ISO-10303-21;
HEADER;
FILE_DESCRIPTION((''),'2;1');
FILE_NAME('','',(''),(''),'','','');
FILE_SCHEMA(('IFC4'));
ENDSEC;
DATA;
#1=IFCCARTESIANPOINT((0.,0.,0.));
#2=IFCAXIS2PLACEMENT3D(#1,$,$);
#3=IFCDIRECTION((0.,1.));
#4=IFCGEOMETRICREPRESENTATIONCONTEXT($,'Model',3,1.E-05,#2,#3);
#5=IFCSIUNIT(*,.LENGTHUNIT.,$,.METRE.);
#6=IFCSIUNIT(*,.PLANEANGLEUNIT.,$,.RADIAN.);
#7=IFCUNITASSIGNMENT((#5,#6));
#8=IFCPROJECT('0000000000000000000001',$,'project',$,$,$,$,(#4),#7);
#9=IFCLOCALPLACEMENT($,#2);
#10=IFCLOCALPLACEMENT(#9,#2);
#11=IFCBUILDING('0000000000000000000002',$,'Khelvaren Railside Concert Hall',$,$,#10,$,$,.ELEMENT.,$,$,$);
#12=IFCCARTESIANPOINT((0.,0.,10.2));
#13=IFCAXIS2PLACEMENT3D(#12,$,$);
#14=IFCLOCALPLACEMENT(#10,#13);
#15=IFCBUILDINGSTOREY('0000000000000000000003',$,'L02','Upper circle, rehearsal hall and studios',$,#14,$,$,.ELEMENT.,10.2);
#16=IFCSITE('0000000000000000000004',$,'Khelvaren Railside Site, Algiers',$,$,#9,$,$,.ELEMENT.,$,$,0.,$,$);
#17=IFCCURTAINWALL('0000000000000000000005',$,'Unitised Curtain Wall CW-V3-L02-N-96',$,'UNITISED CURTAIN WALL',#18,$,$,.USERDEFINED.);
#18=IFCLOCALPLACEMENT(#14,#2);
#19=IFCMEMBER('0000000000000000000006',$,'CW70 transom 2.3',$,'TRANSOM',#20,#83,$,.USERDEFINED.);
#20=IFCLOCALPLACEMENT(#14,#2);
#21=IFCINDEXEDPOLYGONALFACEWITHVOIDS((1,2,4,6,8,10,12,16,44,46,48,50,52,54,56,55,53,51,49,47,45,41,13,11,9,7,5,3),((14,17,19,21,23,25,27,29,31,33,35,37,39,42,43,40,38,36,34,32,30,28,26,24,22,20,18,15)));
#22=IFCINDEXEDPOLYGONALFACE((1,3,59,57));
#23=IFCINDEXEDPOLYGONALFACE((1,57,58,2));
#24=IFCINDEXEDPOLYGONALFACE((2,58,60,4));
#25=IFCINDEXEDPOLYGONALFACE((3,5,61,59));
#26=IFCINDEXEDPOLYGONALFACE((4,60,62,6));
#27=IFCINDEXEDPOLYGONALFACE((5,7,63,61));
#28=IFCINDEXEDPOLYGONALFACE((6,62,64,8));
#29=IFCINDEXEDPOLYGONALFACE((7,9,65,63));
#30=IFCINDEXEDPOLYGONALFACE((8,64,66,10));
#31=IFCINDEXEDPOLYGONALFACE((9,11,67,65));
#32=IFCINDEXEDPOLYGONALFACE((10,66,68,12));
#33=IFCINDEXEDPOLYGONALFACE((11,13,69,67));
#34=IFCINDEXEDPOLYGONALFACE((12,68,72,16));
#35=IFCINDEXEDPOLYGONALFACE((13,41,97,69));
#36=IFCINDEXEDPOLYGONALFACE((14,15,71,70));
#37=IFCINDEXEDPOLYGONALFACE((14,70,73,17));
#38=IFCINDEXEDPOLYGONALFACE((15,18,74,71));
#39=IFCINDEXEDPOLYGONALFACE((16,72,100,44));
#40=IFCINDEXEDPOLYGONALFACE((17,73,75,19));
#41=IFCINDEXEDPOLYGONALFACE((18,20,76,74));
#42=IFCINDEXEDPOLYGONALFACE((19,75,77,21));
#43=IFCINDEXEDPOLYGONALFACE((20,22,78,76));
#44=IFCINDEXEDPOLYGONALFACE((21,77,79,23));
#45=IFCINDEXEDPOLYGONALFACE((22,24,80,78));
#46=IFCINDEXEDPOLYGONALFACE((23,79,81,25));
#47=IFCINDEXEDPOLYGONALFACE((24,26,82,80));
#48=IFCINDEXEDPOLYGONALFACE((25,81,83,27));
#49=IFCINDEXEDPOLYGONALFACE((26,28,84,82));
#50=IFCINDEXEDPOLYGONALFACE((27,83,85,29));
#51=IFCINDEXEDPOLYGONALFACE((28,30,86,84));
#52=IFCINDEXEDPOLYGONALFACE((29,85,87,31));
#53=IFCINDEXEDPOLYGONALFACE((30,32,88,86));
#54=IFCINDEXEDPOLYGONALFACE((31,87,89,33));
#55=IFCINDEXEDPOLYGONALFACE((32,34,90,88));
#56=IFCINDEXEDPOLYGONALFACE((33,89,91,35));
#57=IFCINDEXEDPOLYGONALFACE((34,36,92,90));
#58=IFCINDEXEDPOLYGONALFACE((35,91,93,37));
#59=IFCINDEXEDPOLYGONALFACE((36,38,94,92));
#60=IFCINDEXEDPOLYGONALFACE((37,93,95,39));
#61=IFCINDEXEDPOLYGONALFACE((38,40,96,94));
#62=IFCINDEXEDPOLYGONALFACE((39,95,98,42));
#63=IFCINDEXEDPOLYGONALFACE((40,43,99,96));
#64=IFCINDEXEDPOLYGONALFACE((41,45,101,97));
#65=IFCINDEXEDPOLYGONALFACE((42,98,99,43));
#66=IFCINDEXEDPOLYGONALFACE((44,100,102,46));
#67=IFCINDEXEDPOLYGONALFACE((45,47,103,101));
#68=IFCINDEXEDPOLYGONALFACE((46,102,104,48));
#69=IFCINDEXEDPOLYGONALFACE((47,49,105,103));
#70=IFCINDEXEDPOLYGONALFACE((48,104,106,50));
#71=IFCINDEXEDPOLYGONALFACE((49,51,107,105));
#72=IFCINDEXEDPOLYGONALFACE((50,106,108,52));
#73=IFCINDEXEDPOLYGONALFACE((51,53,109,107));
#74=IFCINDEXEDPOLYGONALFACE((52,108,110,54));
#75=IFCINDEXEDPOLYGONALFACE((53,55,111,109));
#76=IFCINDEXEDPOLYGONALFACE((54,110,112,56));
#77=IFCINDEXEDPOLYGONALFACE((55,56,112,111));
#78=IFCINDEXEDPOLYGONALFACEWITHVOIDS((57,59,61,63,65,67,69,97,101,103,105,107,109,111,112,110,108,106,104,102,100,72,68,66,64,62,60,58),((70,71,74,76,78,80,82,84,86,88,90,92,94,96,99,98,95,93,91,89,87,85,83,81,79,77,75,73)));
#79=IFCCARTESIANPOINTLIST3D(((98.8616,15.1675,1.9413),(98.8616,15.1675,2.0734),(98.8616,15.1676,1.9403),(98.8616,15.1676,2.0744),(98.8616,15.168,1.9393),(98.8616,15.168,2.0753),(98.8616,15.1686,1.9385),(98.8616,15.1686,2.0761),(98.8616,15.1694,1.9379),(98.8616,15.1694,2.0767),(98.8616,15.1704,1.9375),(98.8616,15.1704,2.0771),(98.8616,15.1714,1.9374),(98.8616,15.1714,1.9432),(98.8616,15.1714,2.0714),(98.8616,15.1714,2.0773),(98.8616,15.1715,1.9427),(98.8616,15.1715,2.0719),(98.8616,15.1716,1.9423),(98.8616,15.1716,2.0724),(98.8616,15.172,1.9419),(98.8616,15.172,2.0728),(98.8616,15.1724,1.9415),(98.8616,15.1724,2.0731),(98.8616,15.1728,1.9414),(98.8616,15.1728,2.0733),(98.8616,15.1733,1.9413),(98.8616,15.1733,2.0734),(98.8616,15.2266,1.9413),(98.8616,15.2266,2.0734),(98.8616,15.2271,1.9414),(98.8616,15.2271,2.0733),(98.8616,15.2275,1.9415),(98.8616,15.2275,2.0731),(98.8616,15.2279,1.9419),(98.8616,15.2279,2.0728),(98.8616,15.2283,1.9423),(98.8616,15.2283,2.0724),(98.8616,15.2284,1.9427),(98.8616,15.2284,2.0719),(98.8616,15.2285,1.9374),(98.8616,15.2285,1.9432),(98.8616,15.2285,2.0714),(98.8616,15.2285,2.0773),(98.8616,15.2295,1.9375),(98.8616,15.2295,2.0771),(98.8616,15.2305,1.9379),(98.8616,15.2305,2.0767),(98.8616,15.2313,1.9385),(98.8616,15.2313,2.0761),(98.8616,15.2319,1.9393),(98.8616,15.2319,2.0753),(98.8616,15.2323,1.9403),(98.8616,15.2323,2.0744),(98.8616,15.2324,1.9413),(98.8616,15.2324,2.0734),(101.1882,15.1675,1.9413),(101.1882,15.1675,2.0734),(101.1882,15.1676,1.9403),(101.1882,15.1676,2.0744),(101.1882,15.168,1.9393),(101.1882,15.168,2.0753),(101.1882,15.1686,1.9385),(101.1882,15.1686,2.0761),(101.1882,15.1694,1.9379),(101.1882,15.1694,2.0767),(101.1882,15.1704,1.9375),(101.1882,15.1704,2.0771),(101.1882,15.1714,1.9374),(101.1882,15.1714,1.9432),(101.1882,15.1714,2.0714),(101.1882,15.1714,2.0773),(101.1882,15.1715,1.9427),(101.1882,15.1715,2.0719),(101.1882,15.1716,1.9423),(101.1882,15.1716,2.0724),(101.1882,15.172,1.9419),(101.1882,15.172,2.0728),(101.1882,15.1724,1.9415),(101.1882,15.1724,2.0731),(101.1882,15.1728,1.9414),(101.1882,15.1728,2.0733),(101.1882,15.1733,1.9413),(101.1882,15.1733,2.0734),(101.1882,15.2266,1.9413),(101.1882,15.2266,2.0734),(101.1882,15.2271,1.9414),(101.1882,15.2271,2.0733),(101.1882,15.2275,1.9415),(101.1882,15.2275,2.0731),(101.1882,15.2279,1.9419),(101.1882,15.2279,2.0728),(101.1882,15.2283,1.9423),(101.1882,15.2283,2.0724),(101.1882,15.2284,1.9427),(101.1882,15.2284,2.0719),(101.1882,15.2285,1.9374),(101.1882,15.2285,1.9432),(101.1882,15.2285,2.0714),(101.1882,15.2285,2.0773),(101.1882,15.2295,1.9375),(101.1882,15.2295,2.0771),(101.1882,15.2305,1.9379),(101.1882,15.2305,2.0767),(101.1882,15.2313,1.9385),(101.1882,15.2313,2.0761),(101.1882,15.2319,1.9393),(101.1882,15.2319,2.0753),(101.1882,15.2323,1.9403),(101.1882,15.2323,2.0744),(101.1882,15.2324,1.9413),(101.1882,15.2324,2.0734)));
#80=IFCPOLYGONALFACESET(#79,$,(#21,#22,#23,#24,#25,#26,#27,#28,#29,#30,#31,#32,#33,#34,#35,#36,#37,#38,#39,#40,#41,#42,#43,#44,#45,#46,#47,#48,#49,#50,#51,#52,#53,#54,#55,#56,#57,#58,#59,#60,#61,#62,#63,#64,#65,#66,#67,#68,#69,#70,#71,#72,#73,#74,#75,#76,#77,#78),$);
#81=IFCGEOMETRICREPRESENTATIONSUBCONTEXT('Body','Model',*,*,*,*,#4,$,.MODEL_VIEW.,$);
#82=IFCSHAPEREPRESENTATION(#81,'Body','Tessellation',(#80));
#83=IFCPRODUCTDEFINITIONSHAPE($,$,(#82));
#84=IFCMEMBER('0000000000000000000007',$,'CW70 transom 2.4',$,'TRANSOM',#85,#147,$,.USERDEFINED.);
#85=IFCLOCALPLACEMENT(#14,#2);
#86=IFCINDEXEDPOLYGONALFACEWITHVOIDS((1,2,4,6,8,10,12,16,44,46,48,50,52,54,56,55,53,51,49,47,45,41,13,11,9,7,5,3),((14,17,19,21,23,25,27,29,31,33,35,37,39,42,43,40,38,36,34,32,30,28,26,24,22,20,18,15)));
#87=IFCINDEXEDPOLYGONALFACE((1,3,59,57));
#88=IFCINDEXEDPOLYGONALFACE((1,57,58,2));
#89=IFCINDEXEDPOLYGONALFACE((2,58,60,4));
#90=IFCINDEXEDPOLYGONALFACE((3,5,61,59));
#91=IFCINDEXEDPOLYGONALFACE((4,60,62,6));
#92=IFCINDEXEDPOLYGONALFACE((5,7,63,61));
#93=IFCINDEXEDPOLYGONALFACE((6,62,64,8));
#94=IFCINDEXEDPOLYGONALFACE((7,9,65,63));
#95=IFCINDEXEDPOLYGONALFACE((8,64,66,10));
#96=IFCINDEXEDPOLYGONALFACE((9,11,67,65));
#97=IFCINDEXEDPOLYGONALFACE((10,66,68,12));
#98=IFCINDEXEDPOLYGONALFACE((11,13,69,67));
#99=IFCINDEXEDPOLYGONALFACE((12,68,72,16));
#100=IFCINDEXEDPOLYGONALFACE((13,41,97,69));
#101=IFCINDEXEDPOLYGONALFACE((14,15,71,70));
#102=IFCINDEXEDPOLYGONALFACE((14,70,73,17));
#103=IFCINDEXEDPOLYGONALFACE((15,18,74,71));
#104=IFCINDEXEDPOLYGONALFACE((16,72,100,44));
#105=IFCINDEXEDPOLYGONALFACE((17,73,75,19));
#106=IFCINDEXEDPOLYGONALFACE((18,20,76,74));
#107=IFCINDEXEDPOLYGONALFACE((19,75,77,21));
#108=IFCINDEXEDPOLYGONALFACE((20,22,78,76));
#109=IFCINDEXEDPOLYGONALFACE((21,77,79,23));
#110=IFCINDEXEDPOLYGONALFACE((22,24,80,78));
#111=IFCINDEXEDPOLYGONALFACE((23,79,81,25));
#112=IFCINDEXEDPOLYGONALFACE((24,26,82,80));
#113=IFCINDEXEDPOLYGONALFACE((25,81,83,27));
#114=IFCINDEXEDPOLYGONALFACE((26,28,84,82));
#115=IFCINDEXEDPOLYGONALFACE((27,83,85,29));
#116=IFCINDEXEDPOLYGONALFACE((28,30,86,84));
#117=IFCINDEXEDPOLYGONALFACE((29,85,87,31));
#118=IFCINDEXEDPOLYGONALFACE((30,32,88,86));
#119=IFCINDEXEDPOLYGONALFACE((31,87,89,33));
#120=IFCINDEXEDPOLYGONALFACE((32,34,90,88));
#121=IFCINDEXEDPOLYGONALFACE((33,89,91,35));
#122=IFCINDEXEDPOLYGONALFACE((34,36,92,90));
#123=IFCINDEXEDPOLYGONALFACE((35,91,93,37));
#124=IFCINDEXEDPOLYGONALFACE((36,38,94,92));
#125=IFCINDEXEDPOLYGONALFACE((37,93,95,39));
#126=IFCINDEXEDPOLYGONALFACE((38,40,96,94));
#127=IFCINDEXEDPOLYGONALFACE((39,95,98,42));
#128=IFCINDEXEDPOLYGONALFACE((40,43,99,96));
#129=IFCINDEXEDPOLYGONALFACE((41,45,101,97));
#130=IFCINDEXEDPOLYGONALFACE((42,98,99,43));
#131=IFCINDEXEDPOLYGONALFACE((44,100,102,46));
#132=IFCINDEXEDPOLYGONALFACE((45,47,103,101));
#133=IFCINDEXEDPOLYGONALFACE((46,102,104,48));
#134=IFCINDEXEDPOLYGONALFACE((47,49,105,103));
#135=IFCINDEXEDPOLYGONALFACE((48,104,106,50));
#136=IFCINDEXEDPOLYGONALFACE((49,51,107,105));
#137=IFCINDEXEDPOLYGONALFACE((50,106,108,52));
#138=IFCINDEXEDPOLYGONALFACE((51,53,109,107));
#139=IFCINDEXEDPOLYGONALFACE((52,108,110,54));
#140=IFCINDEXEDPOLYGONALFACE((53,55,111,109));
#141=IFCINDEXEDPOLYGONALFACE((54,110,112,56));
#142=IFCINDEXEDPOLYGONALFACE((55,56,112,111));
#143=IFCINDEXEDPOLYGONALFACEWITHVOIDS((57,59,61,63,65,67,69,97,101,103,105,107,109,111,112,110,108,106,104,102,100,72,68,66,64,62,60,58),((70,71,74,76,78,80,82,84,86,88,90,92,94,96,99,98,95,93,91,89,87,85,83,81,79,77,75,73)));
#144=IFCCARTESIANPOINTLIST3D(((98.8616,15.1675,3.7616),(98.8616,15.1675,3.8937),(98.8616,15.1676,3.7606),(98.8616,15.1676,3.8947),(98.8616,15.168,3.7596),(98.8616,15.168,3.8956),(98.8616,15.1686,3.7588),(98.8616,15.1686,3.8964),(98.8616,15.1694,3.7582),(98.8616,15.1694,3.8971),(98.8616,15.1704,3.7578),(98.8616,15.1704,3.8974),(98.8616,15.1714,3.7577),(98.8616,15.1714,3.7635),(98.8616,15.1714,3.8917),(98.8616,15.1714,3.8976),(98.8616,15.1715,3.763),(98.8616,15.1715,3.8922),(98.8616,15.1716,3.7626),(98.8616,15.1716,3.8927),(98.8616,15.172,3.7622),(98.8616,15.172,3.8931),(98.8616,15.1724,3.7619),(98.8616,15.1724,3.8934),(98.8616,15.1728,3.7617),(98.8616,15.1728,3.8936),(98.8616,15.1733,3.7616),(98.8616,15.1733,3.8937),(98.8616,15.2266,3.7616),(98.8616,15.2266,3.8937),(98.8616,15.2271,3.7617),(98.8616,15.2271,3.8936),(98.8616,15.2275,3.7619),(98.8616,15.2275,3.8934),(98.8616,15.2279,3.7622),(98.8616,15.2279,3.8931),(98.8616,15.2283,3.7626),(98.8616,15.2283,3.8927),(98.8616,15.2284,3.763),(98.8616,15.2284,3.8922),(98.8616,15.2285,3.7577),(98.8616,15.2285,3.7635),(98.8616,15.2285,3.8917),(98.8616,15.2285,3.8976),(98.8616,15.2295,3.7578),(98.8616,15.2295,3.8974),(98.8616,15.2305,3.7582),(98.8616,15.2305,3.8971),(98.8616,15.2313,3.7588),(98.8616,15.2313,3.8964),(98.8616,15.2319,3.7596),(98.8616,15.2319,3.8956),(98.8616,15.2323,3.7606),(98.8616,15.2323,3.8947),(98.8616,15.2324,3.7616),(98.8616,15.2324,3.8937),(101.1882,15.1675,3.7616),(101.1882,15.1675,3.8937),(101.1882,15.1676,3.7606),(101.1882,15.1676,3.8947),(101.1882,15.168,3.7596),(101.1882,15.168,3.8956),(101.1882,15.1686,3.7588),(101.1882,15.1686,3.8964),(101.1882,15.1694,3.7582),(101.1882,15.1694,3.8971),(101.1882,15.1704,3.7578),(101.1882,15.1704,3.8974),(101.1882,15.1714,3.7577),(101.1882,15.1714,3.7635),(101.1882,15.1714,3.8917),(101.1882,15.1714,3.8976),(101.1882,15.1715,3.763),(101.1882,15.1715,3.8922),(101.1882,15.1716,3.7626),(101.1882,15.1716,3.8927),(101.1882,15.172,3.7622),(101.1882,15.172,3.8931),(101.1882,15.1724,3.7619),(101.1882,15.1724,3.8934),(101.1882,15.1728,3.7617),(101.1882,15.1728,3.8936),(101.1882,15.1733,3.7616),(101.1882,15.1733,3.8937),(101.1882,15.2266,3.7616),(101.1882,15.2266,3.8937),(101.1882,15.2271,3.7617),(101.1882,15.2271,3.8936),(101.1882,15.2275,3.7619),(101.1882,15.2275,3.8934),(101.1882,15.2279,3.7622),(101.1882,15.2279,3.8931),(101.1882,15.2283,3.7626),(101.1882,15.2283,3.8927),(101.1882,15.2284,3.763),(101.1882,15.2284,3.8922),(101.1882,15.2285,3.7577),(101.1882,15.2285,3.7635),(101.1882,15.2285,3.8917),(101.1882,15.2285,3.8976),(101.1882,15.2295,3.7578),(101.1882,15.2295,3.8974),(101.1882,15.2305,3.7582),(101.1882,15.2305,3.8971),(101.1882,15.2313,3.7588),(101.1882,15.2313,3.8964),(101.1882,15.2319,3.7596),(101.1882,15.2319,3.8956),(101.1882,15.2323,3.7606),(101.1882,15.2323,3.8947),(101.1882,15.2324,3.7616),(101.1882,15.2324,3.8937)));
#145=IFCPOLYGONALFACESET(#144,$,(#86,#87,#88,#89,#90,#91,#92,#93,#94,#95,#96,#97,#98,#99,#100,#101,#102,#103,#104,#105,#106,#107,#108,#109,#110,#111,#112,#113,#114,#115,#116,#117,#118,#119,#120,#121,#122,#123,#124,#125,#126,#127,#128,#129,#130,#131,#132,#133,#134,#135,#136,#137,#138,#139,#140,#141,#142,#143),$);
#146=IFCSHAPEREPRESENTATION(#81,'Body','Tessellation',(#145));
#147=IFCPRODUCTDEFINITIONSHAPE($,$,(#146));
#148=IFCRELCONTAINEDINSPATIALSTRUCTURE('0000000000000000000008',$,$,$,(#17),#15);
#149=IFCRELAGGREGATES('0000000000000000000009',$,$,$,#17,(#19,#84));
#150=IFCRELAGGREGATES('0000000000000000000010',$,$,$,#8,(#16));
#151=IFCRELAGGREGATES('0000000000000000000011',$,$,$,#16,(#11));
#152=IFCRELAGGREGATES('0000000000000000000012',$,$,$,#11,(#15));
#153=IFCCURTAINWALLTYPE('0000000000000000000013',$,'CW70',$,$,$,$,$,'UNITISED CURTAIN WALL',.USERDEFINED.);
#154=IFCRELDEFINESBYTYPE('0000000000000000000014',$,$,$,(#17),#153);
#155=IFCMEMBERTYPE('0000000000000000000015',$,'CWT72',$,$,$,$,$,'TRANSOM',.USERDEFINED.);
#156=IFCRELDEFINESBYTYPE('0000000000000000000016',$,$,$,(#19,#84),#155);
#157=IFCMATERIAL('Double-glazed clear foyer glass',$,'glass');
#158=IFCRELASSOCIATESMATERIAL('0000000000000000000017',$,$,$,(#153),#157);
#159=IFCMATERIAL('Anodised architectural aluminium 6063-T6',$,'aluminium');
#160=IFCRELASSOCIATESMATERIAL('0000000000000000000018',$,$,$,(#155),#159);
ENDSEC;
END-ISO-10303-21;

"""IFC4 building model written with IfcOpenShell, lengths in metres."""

from ifc_helpers import new_model, si_unit, direction, frame, origin, origin_2d, place, context, subcontext, project, spatial, hollow_rectangle, extrude, material, material_profile, profile_set, type_object, element, aggregate, save


model = new_model("IFC4")

# Units and contexts
model_context = context("Model", 3, precision=1e-05, world=origin(), true_north=direction((0.0, 1.0)))
body_context = subcontext(model_context, "Body", "Model", "MODEL_VIEW")
ifc_project = project(units=[si_unit("LENGTHUNIT", "METRE"), si_unit("PLANEANGLEUNIT", "RADIAN")], contexts=[model_context])

# Site, building, storey
site_placement = place(None, origin())
site = spatial("IfcSite", under=ifc_project, at=site_placement, Name="Khelvaren Railside Site, Algiers", CompositionType="ELEMENT", RefElevation=0.0)
building_placement = place(site_placement, origin())
building = spatial("IfcBuilding", under=site, at=building_placement, Name="Khelvaren Railside Concert Hall", CompositionType="ELEMENT")
storey_placement = place(building_placement, frame((0.0, 0.0, 10.2)))
storey = spatial("IfcBuildingStorey", under=building, at=storey_placement, Name="L02", Description="Upper circle, rehearsal hall and studios", CompositionType="ELEMENT", Elevation=10.2)

# Shared definitions
ifc_material_1 = material(Name="Double-glazed clear foyer glass", Category="glass")
ifc_material_2 = material(Name="Anodised architectural aluminium 6063-T6", Category="aluminium")

# Curtain wall, members
curtain_wall_type_1 = type_object("IfcCurtainWallType", Name="CW70", ElementType="UNITISED CURTAIN WALL", PredefinedType="USERDEFINED", material=ifc_material_1)
curtain_wall_1_placement = place(storey_placement, origin())
curtain_wall_1 = element("IfcCurtainWall", 1, at=curtain_wall_1_placement, inside=storey, type_object=curtain_wall_type_1, Name="Unitised Curtain Wall CW-V3-L02-N-96", ObjectType="UNITISED CURTAIN WALL", PredefinedType="USERDEFINED")
ifc_material_profile_1 = material_profile(ifc_material_2, hollow_rectangle(XDim=0.0649, YDim=0.1399, WallThickness=0.0039, InnerFilletRadius=0.002, OuterFilletRadius=0.0039, at=origin_2d()), Name="CWT 65x140x4")
ifc_profile_set_1 = profile_set([ifc_material_profile_1], Name="Anodised architectural aluminium 6063-T6")
member_type_1 = type_object("IfcMemberType", Name="CWT72", ElementType="TRANSOM", PredefinedType="USERDEFINED", material=ifc_profile_set_1)
member_1_placement = place(storey_placement, frame((98.8616, 15.2, 2.0073), z_axis=(1.0, 0.0, 0.0), x_axis=(0.0, 1.0, 0.0)))
member_1 = element("IfcMember", 2, at=member_1_placement, type_object=member_type_1, Name="CW70 transom 2.3", ObjectType="TRANSOM", PredefinedType="USERDEFINED", context=body_context, shape_type="SweptSolid", body=[
    extrude(hollow_rectangle(XDim=0.0649, YDim=0.1399, WallThickness=0.0039, InnerFilletRadius=0.002, OuterFilletRadius=0.0039, at=origin_2d()), origin(), (0.0, 0.0, 1.0), 2.3267),
])
member_2_placement = place(storey_placement, frame((98.8616, 15.2, 3.8276), z_axis=(1.0, 0.0, 0.0), x_axis=(0.0, 1.0, 0.0)))
member_2 = element("IfcMember", 3, at=member_2_placement, type_object=member_type_1, Name="CW70 transom 2.4", ObjectType="TRANSOM", PredefinedType="USERDEFINED", context=body_context, shape_type="SweptSolid", body=[
    extrude(hollow_rectangle(XDim=0.0649, YDim=0.1399, WallThickness=0.0039, InnerFilletRadius=0.002, OuterFilletRadius=0.0039, at=origin_2d()), origin(), (0.0, 0.0, 1.0), 2.3267),
])

aggregate(curtain_wall_1, [member_1, member_2])

save(model, "model.ifc")
